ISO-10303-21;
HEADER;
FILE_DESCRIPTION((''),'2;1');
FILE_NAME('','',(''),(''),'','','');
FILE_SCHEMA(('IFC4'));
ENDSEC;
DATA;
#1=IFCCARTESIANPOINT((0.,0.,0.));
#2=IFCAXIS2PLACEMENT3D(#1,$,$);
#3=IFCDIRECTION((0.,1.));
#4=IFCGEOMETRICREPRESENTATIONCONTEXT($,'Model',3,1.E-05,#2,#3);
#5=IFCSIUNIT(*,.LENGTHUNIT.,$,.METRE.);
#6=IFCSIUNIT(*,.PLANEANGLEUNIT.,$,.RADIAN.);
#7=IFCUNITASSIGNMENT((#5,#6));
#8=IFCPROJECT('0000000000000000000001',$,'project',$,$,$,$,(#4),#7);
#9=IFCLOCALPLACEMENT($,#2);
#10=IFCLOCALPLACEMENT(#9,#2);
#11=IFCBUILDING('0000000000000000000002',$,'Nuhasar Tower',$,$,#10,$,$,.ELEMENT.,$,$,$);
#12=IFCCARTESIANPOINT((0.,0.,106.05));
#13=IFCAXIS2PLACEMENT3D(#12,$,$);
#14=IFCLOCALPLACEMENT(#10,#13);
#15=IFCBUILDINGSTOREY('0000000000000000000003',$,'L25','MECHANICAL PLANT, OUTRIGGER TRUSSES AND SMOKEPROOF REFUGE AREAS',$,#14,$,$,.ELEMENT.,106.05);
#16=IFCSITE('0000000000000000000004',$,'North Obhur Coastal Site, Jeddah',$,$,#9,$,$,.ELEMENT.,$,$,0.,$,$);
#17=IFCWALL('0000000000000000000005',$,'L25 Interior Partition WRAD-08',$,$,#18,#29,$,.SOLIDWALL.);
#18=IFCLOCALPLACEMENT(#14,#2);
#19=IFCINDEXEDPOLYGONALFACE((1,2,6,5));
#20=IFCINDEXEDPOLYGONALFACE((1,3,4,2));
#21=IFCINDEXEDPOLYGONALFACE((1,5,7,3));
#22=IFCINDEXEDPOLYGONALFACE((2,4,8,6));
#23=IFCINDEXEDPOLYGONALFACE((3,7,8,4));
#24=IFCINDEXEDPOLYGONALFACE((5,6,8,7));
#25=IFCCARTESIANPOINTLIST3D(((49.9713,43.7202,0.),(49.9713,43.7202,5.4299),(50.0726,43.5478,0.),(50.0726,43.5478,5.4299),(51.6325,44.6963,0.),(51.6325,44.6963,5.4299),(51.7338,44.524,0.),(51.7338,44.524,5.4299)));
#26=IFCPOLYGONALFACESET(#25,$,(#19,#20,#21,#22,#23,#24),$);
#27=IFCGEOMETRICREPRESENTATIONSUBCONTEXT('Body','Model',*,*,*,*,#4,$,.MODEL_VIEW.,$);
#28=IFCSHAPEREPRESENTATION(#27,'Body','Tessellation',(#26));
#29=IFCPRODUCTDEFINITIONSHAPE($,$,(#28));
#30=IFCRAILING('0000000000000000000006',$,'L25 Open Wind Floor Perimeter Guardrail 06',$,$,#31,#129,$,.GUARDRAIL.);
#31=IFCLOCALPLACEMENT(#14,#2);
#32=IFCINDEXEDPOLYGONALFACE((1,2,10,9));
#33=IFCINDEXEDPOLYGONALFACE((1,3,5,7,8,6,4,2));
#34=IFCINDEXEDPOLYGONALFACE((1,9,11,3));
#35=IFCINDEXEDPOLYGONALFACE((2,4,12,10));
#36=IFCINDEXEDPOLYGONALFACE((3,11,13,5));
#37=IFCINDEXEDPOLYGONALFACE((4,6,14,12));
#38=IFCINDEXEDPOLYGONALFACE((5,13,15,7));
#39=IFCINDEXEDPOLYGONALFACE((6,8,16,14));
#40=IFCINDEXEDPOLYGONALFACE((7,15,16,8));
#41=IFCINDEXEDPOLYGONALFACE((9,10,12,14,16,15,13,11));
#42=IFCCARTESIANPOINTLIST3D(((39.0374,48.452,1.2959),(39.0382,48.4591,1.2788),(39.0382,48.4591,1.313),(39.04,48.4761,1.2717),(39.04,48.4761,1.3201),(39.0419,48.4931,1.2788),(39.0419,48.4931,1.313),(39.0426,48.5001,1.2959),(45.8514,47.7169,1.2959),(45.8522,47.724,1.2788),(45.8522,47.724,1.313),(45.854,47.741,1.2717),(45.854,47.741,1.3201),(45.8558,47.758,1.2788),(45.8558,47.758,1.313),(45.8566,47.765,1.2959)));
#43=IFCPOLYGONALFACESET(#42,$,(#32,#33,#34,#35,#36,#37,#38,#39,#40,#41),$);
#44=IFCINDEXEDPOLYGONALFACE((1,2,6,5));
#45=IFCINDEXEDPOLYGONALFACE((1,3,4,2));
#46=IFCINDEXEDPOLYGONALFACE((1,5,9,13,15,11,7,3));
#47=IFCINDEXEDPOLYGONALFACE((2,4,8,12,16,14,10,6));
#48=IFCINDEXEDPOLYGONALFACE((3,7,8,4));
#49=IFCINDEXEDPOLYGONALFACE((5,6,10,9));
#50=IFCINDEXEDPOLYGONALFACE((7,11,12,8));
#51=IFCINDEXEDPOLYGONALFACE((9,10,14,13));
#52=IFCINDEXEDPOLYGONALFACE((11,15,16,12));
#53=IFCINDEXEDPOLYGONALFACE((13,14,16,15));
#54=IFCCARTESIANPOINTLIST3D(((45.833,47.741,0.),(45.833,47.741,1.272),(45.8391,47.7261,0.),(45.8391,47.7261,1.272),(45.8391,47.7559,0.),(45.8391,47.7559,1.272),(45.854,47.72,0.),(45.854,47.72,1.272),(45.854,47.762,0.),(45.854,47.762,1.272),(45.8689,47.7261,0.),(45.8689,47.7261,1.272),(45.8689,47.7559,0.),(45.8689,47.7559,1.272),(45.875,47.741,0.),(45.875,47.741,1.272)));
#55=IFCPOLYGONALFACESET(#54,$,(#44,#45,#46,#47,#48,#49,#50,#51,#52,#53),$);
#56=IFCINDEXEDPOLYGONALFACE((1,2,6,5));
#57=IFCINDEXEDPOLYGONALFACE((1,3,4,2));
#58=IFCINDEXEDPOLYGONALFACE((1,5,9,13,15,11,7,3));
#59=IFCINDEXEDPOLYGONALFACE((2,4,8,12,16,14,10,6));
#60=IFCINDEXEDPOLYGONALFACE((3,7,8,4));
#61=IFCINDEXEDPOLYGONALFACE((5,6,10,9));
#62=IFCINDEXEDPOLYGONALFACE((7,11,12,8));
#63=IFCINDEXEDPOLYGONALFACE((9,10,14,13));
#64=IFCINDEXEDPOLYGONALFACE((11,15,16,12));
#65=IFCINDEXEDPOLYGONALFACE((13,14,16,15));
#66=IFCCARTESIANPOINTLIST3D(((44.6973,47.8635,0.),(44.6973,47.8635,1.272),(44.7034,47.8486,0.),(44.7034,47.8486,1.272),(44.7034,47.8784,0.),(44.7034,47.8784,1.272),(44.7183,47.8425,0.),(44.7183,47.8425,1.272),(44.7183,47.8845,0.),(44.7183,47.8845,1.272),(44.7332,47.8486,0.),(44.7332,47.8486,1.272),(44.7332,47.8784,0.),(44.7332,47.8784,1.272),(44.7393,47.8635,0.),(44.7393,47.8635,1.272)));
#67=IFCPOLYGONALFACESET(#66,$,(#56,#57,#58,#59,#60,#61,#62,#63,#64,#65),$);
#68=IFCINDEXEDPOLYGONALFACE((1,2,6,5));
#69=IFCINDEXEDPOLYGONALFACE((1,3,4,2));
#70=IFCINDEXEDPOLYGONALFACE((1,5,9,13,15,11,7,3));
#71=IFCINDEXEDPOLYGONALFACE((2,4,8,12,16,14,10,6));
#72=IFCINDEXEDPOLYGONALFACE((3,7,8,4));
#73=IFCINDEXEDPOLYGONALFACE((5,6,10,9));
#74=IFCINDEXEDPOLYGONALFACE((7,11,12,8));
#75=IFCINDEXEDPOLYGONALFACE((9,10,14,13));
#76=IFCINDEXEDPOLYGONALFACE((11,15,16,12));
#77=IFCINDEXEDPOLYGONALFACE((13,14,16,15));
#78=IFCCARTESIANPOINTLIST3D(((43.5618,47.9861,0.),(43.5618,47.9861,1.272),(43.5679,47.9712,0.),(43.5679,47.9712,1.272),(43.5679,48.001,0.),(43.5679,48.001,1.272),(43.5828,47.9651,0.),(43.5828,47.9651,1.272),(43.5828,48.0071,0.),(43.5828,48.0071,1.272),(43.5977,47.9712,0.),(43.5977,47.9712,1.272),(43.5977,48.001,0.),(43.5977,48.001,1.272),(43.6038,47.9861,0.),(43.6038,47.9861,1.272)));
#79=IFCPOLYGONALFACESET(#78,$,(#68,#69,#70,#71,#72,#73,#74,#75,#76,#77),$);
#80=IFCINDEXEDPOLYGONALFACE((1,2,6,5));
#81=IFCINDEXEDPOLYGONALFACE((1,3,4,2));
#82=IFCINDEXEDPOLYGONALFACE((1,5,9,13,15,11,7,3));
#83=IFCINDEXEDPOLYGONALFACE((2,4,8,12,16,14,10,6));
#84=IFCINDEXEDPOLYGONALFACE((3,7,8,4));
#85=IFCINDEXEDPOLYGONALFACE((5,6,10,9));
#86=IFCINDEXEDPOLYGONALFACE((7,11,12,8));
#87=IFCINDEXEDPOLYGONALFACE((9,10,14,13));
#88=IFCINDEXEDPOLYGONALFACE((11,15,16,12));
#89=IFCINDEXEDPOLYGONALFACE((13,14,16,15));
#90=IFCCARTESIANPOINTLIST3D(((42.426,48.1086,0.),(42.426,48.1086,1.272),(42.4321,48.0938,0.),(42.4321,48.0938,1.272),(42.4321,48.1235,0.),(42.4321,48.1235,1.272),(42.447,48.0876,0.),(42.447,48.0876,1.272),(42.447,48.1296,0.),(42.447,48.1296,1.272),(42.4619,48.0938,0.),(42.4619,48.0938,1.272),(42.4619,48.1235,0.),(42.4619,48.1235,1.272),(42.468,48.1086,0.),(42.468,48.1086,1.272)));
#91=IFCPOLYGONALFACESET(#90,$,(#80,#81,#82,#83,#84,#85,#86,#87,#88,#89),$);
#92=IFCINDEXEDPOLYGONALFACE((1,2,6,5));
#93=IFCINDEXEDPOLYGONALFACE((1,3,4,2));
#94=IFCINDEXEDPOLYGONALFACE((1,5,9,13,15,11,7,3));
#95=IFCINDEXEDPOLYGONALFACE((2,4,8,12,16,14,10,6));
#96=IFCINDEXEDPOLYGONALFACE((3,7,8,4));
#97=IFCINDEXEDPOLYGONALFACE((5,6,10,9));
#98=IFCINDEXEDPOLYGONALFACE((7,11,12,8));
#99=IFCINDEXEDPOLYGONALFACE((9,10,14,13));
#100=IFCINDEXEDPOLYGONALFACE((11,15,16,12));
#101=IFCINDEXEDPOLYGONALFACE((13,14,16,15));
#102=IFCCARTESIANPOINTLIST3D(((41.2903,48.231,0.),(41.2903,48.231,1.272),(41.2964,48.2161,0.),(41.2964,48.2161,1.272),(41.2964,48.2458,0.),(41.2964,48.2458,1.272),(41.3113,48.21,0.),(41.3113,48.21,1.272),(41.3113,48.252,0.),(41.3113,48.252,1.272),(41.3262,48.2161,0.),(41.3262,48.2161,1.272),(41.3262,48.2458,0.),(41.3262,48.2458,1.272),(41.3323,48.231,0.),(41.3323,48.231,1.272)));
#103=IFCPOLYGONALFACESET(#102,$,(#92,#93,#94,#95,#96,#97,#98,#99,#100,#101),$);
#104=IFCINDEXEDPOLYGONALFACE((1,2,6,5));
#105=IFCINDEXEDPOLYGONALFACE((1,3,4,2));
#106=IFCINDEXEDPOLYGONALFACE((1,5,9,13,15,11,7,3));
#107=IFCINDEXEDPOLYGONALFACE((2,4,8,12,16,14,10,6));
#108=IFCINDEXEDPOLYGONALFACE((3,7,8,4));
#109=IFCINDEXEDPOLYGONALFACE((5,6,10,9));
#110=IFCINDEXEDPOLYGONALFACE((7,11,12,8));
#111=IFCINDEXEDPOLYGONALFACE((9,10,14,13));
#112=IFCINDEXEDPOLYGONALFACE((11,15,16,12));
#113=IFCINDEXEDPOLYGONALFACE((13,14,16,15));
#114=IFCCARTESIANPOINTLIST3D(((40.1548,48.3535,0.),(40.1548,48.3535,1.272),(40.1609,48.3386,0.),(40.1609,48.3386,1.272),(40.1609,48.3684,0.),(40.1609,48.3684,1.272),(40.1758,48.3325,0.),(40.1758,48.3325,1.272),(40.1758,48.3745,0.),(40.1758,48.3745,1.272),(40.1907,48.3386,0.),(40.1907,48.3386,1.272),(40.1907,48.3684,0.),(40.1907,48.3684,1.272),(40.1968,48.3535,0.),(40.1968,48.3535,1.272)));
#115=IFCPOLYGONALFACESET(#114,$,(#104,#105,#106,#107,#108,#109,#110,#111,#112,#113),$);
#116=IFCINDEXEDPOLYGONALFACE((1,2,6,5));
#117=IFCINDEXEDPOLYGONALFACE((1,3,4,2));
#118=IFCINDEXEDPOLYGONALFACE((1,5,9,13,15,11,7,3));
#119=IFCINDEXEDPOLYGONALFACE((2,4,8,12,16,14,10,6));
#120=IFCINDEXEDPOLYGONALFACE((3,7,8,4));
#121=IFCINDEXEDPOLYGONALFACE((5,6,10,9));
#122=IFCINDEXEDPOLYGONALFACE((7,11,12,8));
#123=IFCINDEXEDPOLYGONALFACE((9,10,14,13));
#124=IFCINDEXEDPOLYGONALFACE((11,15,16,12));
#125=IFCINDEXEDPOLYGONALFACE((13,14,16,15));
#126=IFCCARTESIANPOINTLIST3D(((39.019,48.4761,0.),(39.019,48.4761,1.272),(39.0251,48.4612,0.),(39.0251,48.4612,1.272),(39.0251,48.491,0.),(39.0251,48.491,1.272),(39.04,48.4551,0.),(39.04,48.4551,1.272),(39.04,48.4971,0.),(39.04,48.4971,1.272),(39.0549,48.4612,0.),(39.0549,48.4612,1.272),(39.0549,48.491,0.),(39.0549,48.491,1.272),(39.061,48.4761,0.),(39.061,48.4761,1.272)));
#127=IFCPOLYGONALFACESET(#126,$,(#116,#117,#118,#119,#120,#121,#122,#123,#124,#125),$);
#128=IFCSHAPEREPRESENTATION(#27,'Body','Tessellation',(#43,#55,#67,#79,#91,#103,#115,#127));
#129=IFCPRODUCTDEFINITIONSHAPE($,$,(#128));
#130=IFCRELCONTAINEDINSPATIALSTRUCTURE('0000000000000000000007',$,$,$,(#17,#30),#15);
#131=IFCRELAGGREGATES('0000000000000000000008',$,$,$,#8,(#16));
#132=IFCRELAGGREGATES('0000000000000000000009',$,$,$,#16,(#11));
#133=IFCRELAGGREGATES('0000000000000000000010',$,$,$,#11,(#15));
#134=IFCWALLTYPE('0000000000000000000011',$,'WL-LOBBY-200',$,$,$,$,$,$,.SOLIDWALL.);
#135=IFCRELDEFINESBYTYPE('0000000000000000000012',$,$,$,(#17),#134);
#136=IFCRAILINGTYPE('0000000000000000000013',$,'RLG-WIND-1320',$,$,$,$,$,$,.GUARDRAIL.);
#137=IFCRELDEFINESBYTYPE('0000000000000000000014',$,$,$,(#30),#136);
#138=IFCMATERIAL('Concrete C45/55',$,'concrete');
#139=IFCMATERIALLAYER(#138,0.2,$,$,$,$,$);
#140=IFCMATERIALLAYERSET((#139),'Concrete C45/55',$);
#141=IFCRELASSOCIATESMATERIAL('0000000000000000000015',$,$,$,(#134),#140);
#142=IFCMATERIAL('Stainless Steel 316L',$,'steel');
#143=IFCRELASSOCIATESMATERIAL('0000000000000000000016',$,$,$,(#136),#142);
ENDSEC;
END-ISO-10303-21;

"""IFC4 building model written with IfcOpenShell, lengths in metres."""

from ifc_helpers import new_model, si_unit, direction, frame, frame_2d, origin, place, context, subcontext, project, spatial, polyline, rectangle, outline, extrude, material, layer, layer_set, type_object, element, save


model = new_model("IFC4")

# Units and contexts
model_context = context("Model", 3, precision=1e-05, world=origin(), true_north=direction((0.0, 1.0)))
body_context = subcontext(model_context, "Body", "Model", "MODEL_VIEW")
ifc_project = project(units=[si_unit("LENGTHUNIT", "METRE"), si_unit("PLANEANGLEUNIT", "RADIAN")], contexts=[model_context])

# Site, building, storey
site_placement = place(None, origin())
site = spatial("IfcSite", under=ifc_project, at=site_placement, Name="North Obhur Coastal Site, Jeddah", CompositionType="ELEMENT", RefElevation=0.0)
building_placement = place(site_placement, origin())
building = spatial("IfcBuilding", under=site, at=building_placement, Name="Nuhasar Tower", CompositionType="ELEMENT")
storey_placement = place(building_placement, frame((0.0, 0.0, 106.05)))
storey = spatial("IfcBuildingStorey", under=building, at=storey_placement, Name="L25", Description="MECHANICAL PLANT, OUTRIGGER TRUSSES AND SMOKEPROOF REFUGE AREAS", CompositionType="ELEMENT", Elevation=106.05)

# Shared definitions
ifc_material_1 = material(Name="Concrete C45/55", Category="concrete")
ifc_layer_1 = layer(ifc_material_1, 0.2)
ifc_layer_set_1 = layer_set([ifc_layer_1], Name="Concrete C45/55")
wall_type_1 = type_object("IfcWallType", Name="WL-LOBBY-200", PredefinedType="SOLIDWALL", material=ifc_layer_set_1)

# Wall
wall_1_placement = place(storey_placement, frame((50.022, 43.634, 0.0), z_axis=(0.0, 0.0, 1.0), x_axis=(0.862175, 0.50661, 0.0)))
element("IfcWall", 1, at=wall_1_placement, inside=storey, type_object=wall_type_1, Name="L25 Interior Partition WRAD-08", PredefinedType="SOLIDWALL", context=body_context, shape_type="SweptSolid", body=[
    extrude(rectangle(XDim=1.9268, YDim=0.2, at=frame_2d((0.9634, 0.0))), origin(), (0.0, 0.0, 1.0), 5.4299),
])

# Railing
ifc_material_2 = material(Name="Stainless Steel 316L", Category="steel")
railing_type = type_object("IfcRailingType", Name="RLG-WIND-1320", PredefinedType="GUARDRAIL", material=ifc_material_2)
railing_1_placement = place(storey_placement, frame((45.854, 47.741, 0.0)))
element("IfcRailing", 2, at=railing_1_placement, inside=storey, type_object=railing_type, Name="L25 Open Wind Floor Perimeter Guardrail 06", PredefinedType="GUARDRAIL", context=body_context, shape_type="SweptSolid", body=[
    extrude(outline(polyline([(0.0242, 0.0), (0.0171, 0.0171), (0.0, 0.0242), (-0.0171, 0.0171), (-0.0242, 0.0), (-0.0171, -0.0171), (0.0, -0.0242), (0.0171, -0.0171), (0.0242, 0.0)])), frame((0.0, 0.0, 1.2959), z_axis=(-0.994231, 0.10726, 0.0), x_axis=(-0.10726, -0.994231, 0.0)), (0.0, 0.0, 1.0), 6.8535),
    extrude(outline(polyline([(0.021, 0.0), (0.0149, 0.0149), (0.0, 0.021), (-0.0149, 0.0149), (-0.021, 0.0), (-0.0149, -0.0149), (0.0, -0.021), (0.0149, -0.0149), (0.021, 0.0)])), origin(), (0.0, 0.0, 1.0), 1.272),
    extrude(outline(polyline([(0.021, 0.0), (0.0149, 0.0149), (0.0, 0.021), (-0.0149, 0.0149), (-0.021, 0.0), (-0.0149, -0.0149), (0.0, -0.021), (0.0149, -0.0149), (0.021, 0.0)])), frame((-1.1357, 0.1226, 0.0)), (0.0, 0.0, 1.0), 1.272),
    extrude(outline(polyline([(0.021, 0.0), (0.0149, 0.0149), (0.0, 0.021), (-0.0149, 0.0149), (-0.021, 0.0), (-0.0149, -0.0149), (0.0, -0.021), (0.0149, -0.0149), (0.021, 0.0)])), frame((-2.2712, 0.2451, 0.0)), (0.0, 0.0, 1.0), 1.272),
    extrude(outline(polyline([(0.021, 0.0), (0.0149, 0.0149), (0.0, 0.021), (-0.0149, 0.0149), (-0.021, 0.0), (-0.0149, -0.0149), (0.0, -0.021), (0.0149, -0.0149), (0.021, 0.0)])), frame((-3.407, 0.3677, 0.0)), (0.0, 0.0, 1.0), 1.272),
    extrude(outline(polyline([(0.021, 0.0), (0.0149, 0.0149), (0.0, 0.021), (-0.0149, 0.0149), (-0.021, 0.0), (-0.0149, -0.0149), (0.0, -0.021), (0.0149, -0.0149), (0.021, 0.0)])), frame((-4.5427, 0.49, 0.0)), (0.0, 0.0, 1.0), 1.272),
    extrude(outline(polyline([(0.021, 0.0), (0.0149, 0.0149), (0.0, 0.021), (-0.0149, 0.0149), (-0.021, 0.0), (-0.0149, -0.0149), (0.0, -0.021), (0.0149, -0.0149), (0.021, 0.0)])), frame((-5.6782, 0.6125, 0.0)), (0.0, 0.0, 1.0), 1.272),
    extrude(outline(polyline([(0.021, 0.0), (0.0149, 0.0149), (0.0, 0.021), (-0.0149, 0.0149), (-0.021, 0.0), (-0.0149, -0.0149), (0.0, -0.021), (0.0149, -0.0149), (0.021, 0.0)])), frame((-6.814, 0.7351, 0.0)), (0.0, 0.0, 1.0), 1.272),
])

save(model, "model.ifc")
